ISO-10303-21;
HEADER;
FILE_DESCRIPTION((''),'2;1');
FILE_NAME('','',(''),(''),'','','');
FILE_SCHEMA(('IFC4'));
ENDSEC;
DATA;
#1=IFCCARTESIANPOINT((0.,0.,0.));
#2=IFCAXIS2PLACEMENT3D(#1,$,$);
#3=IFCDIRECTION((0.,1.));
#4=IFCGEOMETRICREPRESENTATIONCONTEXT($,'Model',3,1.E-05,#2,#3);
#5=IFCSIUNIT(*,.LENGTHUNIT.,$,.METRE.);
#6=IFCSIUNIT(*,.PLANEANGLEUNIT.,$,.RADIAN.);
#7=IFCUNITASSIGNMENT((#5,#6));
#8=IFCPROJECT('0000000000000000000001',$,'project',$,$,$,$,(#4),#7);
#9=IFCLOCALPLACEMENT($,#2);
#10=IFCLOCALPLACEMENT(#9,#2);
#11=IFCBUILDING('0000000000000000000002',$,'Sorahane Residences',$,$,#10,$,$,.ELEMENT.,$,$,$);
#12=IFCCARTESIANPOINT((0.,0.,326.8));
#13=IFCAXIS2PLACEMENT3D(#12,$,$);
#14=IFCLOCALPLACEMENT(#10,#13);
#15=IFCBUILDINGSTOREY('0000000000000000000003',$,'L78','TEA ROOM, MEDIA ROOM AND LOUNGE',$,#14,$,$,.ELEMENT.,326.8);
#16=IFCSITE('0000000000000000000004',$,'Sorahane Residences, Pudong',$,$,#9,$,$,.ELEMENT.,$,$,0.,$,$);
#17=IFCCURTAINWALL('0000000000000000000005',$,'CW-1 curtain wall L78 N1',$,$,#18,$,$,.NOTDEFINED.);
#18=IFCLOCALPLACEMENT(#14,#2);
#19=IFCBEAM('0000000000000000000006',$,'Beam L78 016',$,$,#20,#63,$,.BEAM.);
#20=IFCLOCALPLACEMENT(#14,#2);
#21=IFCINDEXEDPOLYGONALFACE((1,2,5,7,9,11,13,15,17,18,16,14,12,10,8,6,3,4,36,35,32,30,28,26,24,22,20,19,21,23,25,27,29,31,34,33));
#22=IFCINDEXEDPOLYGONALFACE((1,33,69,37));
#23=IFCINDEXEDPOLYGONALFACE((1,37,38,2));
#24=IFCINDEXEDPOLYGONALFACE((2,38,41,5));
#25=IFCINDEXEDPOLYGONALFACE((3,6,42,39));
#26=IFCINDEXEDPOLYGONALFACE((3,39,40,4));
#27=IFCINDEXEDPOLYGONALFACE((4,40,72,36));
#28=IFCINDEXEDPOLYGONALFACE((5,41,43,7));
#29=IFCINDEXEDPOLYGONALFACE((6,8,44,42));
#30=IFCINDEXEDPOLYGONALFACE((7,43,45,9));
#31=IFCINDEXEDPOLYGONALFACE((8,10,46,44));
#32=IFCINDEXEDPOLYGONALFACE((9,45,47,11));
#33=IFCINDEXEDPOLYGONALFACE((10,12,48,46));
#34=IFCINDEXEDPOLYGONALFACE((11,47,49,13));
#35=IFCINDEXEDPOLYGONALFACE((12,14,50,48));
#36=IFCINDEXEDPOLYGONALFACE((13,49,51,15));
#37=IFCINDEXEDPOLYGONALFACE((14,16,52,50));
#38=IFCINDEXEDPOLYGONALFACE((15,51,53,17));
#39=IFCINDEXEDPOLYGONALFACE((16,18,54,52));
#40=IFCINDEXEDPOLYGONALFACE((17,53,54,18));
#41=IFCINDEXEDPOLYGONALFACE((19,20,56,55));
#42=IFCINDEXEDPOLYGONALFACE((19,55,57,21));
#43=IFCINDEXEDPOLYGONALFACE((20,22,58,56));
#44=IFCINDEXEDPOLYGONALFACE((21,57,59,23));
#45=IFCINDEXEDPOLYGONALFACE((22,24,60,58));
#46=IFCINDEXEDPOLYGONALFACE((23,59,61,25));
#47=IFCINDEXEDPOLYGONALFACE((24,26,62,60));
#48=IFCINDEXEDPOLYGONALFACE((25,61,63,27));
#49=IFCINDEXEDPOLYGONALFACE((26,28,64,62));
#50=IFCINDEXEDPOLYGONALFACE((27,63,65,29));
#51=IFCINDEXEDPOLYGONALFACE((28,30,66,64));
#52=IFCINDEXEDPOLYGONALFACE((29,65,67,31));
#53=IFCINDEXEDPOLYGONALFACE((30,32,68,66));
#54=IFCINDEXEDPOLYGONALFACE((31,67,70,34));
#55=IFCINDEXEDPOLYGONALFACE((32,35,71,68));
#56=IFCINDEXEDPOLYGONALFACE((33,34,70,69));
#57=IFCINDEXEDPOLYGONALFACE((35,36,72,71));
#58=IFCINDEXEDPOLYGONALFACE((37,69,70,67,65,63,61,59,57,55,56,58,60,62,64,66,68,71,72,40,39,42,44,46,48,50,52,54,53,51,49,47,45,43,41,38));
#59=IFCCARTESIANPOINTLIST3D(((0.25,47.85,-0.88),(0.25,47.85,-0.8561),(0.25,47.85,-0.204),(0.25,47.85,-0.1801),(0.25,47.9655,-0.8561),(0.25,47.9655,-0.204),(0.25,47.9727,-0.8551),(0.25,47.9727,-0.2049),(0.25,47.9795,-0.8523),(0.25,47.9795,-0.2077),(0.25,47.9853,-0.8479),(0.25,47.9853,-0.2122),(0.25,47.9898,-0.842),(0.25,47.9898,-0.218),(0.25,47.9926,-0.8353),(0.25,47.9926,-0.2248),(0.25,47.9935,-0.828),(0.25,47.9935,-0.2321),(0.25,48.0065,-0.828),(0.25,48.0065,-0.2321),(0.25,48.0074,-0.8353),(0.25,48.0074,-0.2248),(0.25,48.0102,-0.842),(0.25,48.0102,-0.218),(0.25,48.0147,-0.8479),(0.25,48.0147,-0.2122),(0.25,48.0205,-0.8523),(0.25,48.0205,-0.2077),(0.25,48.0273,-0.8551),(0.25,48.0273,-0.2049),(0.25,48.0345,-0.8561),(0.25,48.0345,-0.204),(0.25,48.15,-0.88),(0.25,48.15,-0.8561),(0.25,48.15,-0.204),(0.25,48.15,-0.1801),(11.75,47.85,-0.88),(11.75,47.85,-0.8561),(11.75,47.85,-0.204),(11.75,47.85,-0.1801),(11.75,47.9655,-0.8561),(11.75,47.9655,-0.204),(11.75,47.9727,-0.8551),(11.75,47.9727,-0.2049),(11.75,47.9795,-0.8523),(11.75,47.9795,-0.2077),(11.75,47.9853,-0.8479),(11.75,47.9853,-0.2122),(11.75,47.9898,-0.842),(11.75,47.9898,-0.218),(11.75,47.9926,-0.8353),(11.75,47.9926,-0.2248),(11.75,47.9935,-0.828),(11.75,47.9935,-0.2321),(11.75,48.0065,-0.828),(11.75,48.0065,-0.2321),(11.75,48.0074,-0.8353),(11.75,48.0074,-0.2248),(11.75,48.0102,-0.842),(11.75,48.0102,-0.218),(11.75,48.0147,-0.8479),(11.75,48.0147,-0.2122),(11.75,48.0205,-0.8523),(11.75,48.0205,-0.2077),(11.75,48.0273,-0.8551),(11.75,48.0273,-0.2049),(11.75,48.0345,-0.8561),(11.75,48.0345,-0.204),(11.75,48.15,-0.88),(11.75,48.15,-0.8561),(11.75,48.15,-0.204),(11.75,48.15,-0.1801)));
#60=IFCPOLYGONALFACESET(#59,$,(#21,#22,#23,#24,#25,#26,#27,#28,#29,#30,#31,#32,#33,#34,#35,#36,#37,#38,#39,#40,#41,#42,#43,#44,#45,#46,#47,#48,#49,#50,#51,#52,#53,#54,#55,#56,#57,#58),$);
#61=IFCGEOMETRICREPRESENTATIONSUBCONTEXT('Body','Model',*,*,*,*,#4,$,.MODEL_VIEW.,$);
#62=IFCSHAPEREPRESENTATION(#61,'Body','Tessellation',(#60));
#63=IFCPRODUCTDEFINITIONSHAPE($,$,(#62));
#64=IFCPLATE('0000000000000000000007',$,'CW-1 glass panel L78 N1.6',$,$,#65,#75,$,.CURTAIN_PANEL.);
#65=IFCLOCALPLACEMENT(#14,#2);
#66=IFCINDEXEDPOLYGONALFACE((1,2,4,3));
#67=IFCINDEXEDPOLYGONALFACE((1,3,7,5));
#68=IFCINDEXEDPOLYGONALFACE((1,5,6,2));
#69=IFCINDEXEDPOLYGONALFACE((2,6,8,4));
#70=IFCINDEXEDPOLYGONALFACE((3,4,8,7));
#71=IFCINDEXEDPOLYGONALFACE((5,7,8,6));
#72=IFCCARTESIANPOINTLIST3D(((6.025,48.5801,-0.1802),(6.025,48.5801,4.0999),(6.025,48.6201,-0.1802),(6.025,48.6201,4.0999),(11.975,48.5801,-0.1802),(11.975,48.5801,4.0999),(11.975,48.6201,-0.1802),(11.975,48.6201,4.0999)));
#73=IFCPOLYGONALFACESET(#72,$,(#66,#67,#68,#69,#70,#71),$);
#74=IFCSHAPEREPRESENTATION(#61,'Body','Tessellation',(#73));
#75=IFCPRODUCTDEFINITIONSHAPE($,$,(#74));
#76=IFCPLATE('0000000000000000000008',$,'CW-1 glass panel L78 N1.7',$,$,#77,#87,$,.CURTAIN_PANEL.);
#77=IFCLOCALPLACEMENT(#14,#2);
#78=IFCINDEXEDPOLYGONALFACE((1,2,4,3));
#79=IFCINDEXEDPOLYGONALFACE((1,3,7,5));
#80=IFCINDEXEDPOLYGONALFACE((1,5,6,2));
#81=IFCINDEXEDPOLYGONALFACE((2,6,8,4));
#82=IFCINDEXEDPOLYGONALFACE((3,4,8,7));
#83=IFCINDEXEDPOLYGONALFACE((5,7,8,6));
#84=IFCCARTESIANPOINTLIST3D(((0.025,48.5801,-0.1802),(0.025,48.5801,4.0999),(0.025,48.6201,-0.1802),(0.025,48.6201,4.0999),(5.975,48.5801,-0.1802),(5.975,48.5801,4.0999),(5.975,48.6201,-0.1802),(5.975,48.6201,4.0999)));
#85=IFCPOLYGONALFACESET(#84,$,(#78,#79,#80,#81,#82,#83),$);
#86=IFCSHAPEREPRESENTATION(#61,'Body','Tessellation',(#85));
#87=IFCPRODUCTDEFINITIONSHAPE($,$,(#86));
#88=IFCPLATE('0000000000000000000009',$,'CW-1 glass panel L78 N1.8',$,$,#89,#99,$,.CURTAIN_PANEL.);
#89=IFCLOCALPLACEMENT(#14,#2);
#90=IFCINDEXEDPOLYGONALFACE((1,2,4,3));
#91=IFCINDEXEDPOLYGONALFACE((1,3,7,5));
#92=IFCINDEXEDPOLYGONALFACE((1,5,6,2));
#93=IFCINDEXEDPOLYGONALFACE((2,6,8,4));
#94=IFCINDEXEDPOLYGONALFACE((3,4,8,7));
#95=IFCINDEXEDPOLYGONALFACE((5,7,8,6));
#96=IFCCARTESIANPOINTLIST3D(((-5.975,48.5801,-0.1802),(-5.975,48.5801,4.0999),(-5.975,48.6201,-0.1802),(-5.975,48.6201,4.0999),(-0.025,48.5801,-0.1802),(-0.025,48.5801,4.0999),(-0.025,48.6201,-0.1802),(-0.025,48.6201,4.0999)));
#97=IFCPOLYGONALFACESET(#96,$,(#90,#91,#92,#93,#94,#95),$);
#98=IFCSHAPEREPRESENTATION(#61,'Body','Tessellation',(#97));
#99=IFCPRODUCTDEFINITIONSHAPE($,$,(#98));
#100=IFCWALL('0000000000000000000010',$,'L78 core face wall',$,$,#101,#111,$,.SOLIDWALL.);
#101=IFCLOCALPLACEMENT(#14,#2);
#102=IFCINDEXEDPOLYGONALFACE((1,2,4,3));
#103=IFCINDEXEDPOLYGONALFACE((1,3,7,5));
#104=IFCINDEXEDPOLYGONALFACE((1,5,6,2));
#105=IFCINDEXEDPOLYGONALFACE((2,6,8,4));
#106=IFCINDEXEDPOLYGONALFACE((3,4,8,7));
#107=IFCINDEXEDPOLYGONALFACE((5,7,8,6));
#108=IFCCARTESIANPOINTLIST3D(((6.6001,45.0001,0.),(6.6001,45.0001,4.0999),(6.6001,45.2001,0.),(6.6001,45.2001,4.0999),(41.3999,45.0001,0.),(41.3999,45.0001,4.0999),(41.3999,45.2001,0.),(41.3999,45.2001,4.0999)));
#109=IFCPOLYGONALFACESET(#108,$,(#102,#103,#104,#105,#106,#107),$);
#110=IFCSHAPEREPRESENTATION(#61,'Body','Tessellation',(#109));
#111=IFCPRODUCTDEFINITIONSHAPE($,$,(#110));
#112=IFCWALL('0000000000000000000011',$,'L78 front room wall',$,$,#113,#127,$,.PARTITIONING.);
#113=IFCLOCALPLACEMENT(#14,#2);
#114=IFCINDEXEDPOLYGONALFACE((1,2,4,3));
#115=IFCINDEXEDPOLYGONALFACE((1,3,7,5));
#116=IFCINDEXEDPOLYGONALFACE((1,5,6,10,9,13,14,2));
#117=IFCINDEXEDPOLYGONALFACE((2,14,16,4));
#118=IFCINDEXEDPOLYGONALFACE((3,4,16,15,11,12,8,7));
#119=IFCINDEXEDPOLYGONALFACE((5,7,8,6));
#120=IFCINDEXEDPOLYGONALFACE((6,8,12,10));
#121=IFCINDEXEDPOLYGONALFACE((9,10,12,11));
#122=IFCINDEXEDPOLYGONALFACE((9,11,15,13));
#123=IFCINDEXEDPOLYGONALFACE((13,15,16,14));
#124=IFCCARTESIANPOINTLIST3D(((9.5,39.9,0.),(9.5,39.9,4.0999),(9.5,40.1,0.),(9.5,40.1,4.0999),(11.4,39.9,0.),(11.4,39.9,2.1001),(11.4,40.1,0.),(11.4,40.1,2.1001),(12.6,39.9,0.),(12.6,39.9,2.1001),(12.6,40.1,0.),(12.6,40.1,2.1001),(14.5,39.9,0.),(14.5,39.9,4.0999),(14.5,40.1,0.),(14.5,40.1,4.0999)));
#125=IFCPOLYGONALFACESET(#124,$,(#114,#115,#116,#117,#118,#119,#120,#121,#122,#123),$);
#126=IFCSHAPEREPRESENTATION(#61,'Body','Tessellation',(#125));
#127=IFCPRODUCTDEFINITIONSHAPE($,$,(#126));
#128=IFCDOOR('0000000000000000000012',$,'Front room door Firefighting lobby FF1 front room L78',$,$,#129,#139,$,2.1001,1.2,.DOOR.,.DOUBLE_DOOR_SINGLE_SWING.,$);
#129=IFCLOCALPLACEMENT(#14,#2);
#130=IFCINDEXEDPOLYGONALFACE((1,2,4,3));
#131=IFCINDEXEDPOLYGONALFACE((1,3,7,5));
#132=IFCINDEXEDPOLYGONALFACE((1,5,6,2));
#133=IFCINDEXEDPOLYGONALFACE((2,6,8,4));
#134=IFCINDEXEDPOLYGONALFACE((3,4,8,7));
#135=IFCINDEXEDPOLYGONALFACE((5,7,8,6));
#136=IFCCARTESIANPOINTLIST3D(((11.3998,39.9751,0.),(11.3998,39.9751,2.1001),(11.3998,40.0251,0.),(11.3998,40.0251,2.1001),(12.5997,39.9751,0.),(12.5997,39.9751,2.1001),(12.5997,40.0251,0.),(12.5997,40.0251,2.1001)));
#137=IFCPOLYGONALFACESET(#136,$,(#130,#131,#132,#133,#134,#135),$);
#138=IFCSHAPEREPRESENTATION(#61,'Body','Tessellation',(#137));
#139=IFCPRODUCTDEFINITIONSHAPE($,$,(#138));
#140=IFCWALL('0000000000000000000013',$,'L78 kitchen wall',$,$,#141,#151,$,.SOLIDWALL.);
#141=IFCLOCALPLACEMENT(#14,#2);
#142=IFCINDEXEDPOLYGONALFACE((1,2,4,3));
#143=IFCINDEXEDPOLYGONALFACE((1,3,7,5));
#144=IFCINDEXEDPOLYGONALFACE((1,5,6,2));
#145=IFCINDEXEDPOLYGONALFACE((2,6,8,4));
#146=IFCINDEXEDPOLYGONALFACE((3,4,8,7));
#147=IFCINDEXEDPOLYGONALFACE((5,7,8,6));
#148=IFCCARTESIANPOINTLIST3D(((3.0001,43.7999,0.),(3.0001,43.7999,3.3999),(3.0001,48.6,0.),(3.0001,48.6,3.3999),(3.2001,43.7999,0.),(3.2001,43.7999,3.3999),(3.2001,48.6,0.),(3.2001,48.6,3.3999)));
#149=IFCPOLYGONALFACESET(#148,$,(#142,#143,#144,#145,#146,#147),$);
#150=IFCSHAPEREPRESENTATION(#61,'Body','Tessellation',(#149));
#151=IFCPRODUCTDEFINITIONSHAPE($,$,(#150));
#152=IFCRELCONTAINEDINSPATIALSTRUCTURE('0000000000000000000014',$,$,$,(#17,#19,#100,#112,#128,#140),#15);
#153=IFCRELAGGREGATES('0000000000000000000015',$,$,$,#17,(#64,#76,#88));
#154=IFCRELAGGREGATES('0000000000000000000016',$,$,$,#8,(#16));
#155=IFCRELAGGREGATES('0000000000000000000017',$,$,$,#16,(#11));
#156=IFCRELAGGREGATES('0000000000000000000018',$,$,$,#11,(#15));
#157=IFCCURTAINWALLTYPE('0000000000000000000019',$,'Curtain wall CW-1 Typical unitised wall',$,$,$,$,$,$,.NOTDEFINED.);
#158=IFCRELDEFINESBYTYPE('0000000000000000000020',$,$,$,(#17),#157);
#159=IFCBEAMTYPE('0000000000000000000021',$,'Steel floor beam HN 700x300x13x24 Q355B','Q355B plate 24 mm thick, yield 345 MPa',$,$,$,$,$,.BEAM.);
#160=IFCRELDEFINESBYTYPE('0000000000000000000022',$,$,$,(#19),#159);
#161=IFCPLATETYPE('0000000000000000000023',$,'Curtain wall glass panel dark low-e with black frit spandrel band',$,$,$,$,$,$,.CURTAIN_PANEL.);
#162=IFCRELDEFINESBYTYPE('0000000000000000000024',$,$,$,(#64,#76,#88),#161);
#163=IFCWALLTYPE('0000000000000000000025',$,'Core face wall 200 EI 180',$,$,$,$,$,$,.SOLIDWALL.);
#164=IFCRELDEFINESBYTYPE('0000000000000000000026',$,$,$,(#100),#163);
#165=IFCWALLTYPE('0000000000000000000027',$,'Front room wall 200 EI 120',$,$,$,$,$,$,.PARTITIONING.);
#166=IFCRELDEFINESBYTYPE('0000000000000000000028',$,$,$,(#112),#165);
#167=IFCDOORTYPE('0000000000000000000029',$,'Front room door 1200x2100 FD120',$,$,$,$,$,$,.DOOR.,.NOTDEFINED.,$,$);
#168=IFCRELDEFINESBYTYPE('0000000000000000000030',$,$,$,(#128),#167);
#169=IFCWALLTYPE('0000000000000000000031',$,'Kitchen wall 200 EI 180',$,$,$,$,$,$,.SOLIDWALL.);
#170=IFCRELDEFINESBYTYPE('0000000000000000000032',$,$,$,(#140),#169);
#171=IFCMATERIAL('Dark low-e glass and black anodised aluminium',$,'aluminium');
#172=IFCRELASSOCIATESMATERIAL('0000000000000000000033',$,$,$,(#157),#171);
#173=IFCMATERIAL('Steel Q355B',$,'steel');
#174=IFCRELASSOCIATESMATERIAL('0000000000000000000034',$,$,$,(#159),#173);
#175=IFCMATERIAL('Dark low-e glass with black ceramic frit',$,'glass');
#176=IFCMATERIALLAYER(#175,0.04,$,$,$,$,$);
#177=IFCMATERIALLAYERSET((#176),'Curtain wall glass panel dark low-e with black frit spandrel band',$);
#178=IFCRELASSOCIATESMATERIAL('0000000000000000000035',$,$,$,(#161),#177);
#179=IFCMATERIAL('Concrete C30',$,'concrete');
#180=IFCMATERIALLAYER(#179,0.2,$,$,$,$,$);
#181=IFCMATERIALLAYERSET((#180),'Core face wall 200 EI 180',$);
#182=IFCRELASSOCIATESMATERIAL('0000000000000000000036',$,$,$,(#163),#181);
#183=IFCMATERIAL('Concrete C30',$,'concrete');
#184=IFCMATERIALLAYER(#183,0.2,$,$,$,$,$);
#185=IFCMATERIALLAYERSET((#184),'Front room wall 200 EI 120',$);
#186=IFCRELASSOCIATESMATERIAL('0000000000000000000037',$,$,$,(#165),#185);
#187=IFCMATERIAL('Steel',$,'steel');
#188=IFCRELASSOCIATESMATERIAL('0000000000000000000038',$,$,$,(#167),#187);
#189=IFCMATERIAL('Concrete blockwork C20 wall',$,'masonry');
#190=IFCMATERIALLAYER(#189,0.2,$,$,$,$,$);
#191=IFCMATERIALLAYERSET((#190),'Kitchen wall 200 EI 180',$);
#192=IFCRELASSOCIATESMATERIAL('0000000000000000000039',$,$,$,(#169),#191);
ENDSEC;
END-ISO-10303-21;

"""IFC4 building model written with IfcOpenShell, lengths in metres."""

from ifc_helpers import new_model, si_unit, direction, frame, frame_2d, origin, origin_2d, place, context, subcontext, project, spatial, rectangle, i_section, extrude, material, layer, layer_set, material_profile, profile_set, type_object, element, fill, aggregate, save


model = new_model("IFC4")

# Units and contexts
model_context = context("Model", 3, precision=1e-05, world=origin(), true_north=direction((0.0, 1.0)))
body_context = subcontext(model_context, "Body", "Model", "MODEL_VIEW")
ifc_project = project(units=[si_unit("LENGTHUNIT", "METRE"), si_unit("PLANEANGLEUNIT", "RADIAN")], contexts=[model_context])

# Site, building, storey
site_placement = place(None, origin())
site = spatial("IfcSite", under=ifc_project, at=site_placement, Name="Sorahane Residences, Pudong", CompositionType="ELEMENT", RefElevation=0.0)
building_placement = place(site_placement, origin())
building = spatial("IfcBuilding", under=site, at=building_placement, Name="Sorahane Residences", CompositionType="ELEMENT")
storey_placement = place(building_placement, frame((0.0, 0.0, 326.8)))
storey = spatial("IfcBuildingStorey", under=building, at=storey_placement, Name="L78", Description="TEA ROOM, MEDIA ROOM AND LOUNGE", CompositionType="ELEMENT", Elevation=326.8)

# Curtain wall
ifc_material_1 = material(Name="Dark low-e glass and black anodised aluminium", Category="aluminium")
curtain_wall_type = type_object("IfcCurtainWallType", Name="Curtain wall CW-1 Typical unitised wall", PredefinedType="NOTDEFINED", material=ifc_material_1)
curtain_wall_placement = place(storey_placement, origin())
curtain_wall = element("IfcCurtainWall", 1, at=curtain_wall_placement, inside=storey, type_object=curtain_wall_type, Name="CW-1 curtain wall L78 N1", PredefinedType="NOTDEFINED")

# Beam
ifc_material_2 = material(Name="Steel Q355B", Category="steel")
ifc_material_profile_1 = material_profile(ifc_material_2, i_section(OverallWidth=0.3, OverallDepth=0.7, WebThickness=0.0129, FlangeThickness=0.0239, FilletRadius=0.0281, at=origin_2d()), Name="HN 700x300x13x24")
ifc_profile_set_1 = profile_set([ifc_material_profile_1], Name="Steel Q355B")
beam_type_1 = type_object("IfcBeamType", Name="Steel floor beam HN 700x300x13x24 Q355B", Description="Q355B plate 24 mm thick, yield 345 MPa", PredefinedType="BEAM", material=ifc_profile_set_1)
beam_1_placement = place(storey_placement, frame((0.25, 48.0, -0.53), z_axis=(1.0, 0.0, 0.0), x_axis=(0.0, 1.0, 0.0)))
element("IfcBeam", 2, at=beam_1_placement, inside=storey, type_object=beam_type_1, Name="Beam L78 016", PredefinedType="BEAM", context=body_context, shape_type="SweptSolid", body=[
    extrude(i_section(OverallWidth=0.3, OverallDepth=0.7, WebThickness=0.0129, FlangeThickness=0.0239, FilletRadius=0.0281, at=origin_2d()), origin(), (0.0, 0.0, 1.0), 11.5),
])

# Plates
ifc_material_3 = material(Name="Dark low-e glass with black ceramic frit", Category="glass")
ifc_layer_1 = layer(ifc_material_3, 0.04)
ifc_layer_set_1 = layer_set([ifc_layer_1], Name="Curtain wall glass panel dark low-e with black frit spandrel band")
plate_type = type_object("IfcPlateType", Name="Curtain wall glass panel dark low-e with black frit spandrel band", PredefinedType="CURTAIN_PANEL", material=ifc_layer_set_1)
plate_1_placement = place(storey_placement, frame((9.0, 48.6001, -0.1802), z_axis=(0.0, 0.0, 1.0), x_axis=(-1.0, 0.0, 0.0)))
plate_1 = element("IfcPlate", 3, at=plate_1_placement, type_object=plate_type, Name="CW-1 glass panel L78 N1.6", PredefinedType="CURTAIN_PANEL", context=body_context, shape_type="SweptSolid", body=[
    extrude(rectangle(XDim=5.95, YDim=0.04, at=origin_2d()), origin(), (0.0, 0.0, 1.0), 4.28),
])
plate_2_placement = place(storey_placement, frame((3.0, 48.6001, -0.1802), z_axis=(0.0, 0.0, 1.0), x_axis=(-1.0, 0.0, 0.0)))
plate_2 = element("IfcPlate", 4, at=plate_2_placement, type_object=plate_type, Name="CW-1 glass panel L78 N1.7", PredefinedType="CURTAIN_PANEL", context=body_context, shape_type="SweptSolid", body=[
    extrude(rectangle(XDim=5.95, YDim=0.04, at=origin_2d()), origin(), (0.0, 0.0, 1.0), 4.28),
])
plate_3_placement = place(storey_placement, frame((-3.0, 48.6001, -0.1802), z_axis=(0.0, 0.0, 1.0), x_axis=(-1.0, 0.0, 0.0)))
plate_3 = element("IfcPlate", 5, at=plate_3_placement, type_object=plate_type, Name="CW-1 glass panel L78 N1.8", PredefinedType="CURTAIN_PANEL", context=body_context, shape_type="SweptSolid", body=[
    extrude(rectangle(XDim=5.95, YDim=0.04, at=origin_2d()), origin(), (0.0, 0.0, 1.0), 4.28),
])
aggregate(curtain_wall, [plate_1, plate_2, plate_3])

# Wall
ifc_material_4 = material(Name="Concrete C30", Category="concrete")
ifc_layer_2 = layer(ifc_material_4, 0.2)
ifc_layer_set_2 = layer_set([ifc_layer_2], Name="Core face wall 200 EI 180")
wall_type_1 = type_object("IfcWallType", Name="Core face wall 200 EI 180", PredefinedType="SOLIDWALL", material=ifc_layer_set_2)
wall_1_placement = place(storey_placement, frame((6.6001, 45.1001, 0.0), z_axis=(0.0, 0.0, 1.0), x_axis=(1.0, 0.0, 0.0)))
element("IfcWall", 6, at=wall_1_placement, inside=storey, type_object=wall_type_1, Name="L78 core face wall", PredefinedType="SOLIDWALL", context=body_context, shape_type="SweptSolid", body=[
    extrude(rectangle(XDim=34.7998, YDim=0.2, at=frame_2d((17.3999, 0.0))), origin(), (0.0, 0.0, 1.0), 4.0999),
])

# Wall, opening, door
ifc_material_5 = material(Name="Concrete C30", Category="concrete")
ifc_layer_3 = layer(ifc_material_5, 0.2)
ifc_layer_set_3 = layer_set([ifc_layer_3], Name="Front room wall 200 EI 120")
wall_type_2 = type_object("IfcWallType", Name="Front room wall 200 EI 120", PredefinedType="PARTITIONING", material=ifc_layer_set_3)
wall_2_placement = place(storey_placement, frame((9.5, 40.0, 0.0), z_axis=(0.0, 0.0, 1.0), x_axis=(1.0, 0.0, 0.0)))
wall_2 = element("IfcWall", 7, at=wall_2_placement, inside=storey, type_object=wall_type_2, Name="L78 front room wall", PredefinedType="PARTITIONING", context=body_context, shape_type="SweptSolid", body=[
    extrude(rectangle(XDim=5.0, YDim=0.2, at=frame_2d((2.5, 0.0))), origin(), (0.0, 0.0, 1.0), 4.0999),
])
opening_placement = place(wall_2_placement, frame((1.8999, 0.0, 0.0)))
opening = element("IfcOpeningElement", 8, at=opening_placement, cuts=wall_2, PredefinedType="OPENING", context=body_context, shape_type="SweptSolid", body=[
    extrude(rectangle(XDim=1.2, YDim=2.1001, at=frame_2d((0.6001, 1.05))), frame((0.0, 0.1099, 0.0), z_axis=(0.0, -1.0, 0.0), x_axis=(1.0, 0.0, 0.0)), (0.0, 0.0, 1.0), 0.22),
])
ifc_material_6 = material(Name="Steel", Category="steel")
door_type = type_object("IfcDoorType", Name="Front room door 1200x2100 FD120", OperationType="NOTDEFINED", PredefinedType="DOOR", material=ifc_material_6)
door_placement = place(opening_placement, frame((1.2, 0.0, 0.0), z_axis=(0.0, 0.0, 1.0), x_axis=(-1.0, 0.0, 0.0)))
door = element("IfcDoor", 9, at=door_placement, inside=storey, type_object=door_type, Name="Front room door Firefighting lobby FF1 front room L78", OperationType="DOUBLE_DOOR_SINGLE_SWING", OverallHeight=2.1001, OverallWidth=1.2, PredefinedType="DOOR", context=body_context, shape_type="SweptSolid", body=[
    extrude(rectangle(XDim=1.2, YDim=2.1001, at=frame_2d((0.6001, 1.05))), frame((0.0, 0.0249, 0.0), z_axis=(0.0, -1.0, 0.0), x_axis=(1.0, 0.0, 0.0)), (0.0, 0.0, 1.0), 0.05),
])
fill(opening, door)

# Wall
ifc_material_7 = material(Name="Concrete blockwork C20 wall", Category="masonry")
ifc_layer_4 = layer(ifc_material_7, 0.2)
ifc_layer_set_4 = layer_set([ifc_layer_4], Name="Kitchen wall 200 EI 180")
wall_type_3 = type_object("IfcWallType", Name="Kitchen wall 200 EI 180", PredefinedType="SOLIDWALL", material=ifc_layer_set_4)
wall_3_placement = place(storey_placement, frame((3.1001, 43.8, 0.0), z_axis=(0.0, 0.0, 1.0), x_axis=(0.0, 1.0, 0.0)))
element("IfcWall", 10, at=wall_3_placement, inside=storey, type_object=wall_type_3, Name="L78 kitchen wall", PredefinedType="SOLIDWALL", context=body_context, shape_type="SweptSolid", body=[
    extrude(rectangle(XDim=4.8, YDim=0.2, at=frame_2d((2.3999, 0.0))), origin(), (0.0, 0.0, 1.0), 3.3999),
])

save(model, "model.ifc")
